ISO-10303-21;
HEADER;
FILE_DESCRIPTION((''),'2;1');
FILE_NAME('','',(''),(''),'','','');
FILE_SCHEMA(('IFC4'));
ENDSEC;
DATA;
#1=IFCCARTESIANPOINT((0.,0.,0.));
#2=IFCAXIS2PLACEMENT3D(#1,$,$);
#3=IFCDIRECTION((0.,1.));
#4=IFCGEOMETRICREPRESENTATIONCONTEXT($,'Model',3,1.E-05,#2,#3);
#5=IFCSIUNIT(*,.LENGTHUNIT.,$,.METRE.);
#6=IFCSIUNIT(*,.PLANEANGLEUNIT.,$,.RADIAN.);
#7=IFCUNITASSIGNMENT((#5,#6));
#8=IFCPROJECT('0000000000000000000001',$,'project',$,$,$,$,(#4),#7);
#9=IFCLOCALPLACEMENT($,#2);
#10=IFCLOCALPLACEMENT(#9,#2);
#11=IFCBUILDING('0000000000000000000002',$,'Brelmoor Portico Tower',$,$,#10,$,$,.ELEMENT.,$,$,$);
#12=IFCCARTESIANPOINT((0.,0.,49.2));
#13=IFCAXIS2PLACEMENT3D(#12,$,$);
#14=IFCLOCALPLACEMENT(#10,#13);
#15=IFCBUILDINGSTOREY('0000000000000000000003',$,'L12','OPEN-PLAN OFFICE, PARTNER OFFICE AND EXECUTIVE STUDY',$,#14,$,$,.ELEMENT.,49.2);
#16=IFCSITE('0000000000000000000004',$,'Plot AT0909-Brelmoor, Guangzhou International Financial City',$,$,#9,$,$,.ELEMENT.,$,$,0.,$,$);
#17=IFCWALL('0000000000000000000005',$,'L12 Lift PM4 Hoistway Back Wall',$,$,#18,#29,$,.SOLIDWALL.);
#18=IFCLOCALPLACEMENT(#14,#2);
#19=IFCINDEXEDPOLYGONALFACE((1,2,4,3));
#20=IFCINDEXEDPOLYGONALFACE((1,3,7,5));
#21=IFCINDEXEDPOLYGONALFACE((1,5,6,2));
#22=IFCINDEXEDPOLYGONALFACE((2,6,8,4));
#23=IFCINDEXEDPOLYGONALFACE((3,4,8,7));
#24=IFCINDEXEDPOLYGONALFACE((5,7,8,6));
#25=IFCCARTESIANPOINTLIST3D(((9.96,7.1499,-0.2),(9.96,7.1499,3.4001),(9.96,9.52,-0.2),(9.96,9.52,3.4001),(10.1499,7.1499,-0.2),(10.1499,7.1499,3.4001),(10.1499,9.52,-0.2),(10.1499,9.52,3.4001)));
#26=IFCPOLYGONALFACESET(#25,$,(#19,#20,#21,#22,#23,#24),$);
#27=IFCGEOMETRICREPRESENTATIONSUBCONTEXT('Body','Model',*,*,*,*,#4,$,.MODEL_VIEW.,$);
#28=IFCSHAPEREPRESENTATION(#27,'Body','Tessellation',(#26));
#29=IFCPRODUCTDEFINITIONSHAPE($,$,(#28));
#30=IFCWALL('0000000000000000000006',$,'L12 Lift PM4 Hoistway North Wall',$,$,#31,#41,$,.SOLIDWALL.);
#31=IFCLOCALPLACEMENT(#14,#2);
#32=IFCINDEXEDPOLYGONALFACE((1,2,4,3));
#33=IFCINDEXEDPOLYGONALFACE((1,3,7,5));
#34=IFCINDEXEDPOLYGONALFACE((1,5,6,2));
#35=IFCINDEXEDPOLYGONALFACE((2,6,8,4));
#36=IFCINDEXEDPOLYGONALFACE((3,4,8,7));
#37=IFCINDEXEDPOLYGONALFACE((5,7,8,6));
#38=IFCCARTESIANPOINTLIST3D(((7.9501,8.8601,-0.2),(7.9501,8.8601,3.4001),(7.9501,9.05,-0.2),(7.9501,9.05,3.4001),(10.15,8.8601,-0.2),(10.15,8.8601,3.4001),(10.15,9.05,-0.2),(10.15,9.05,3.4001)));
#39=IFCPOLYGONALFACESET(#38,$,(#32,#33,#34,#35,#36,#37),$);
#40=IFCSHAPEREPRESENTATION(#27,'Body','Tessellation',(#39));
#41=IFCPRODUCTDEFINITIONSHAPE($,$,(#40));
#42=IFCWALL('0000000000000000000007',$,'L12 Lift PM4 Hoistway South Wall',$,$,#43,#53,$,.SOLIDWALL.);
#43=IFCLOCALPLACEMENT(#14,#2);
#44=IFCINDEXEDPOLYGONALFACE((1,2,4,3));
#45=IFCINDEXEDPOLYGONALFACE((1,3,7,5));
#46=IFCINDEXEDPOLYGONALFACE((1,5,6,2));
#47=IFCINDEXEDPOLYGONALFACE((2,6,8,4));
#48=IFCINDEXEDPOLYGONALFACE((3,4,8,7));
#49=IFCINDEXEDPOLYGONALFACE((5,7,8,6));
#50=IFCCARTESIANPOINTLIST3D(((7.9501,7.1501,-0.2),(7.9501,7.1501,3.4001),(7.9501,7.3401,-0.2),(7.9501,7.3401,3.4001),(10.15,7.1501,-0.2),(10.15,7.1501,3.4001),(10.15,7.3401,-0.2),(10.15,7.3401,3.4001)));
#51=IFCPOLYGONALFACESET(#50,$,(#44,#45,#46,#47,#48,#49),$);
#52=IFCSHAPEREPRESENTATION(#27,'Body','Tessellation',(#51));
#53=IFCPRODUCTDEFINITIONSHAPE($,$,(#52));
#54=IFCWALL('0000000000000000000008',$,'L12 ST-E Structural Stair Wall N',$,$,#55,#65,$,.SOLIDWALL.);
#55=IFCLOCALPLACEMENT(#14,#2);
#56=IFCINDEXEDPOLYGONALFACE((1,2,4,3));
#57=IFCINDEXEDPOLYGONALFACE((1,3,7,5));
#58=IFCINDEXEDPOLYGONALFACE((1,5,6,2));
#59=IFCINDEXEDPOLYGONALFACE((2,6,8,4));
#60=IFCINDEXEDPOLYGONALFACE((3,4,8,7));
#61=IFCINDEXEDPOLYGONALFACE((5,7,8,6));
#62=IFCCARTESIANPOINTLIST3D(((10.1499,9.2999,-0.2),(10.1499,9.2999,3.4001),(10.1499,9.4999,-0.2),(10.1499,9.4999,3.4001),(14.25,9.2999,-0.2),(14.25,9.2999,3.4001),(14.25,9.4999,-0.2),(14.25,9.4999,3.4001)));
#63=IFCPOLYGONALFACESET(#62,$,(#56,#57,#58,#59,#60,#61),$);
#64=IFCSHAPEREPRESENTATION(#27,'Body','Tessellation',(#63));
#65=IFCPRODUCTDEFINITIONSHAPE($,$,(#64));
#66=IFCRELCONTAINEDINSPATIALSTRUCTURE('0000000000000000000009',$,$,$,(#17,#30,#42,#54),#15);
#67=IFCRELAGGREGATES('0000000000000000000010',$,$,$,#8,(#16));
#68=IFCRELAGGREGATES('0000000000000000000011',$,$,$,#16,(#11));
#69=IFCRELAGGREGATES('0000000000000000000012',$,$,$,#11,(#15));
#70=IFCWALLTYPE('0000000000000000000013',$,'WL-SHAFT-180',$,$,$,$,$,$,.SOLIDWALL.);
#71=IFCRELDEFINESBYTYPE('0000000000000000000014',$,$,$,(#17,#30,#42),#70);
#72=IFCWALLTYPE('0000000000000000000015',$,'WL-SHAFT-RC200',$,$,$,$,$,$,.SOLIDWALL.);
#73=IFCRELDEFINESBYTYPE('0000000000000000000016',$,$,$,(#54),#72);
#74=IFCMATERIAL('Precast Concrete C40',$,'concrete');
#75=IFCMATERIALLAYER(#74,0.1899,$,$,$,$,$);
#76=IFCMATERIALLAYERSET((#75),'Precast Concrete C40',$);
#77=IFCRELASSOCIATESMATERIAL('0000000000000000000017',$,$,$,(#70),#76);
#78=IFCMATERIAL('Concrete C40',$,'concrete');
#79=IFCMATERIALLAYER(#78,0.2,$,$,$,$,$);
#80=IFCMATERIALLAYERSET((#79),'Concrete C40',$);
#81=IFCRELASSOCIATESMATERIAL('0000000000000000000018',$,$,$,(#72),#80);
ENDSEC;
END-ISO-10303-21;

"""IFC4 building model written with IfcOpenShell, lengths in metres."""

from ifc_helpers import new_model, si_unit, direction, frame, frame_2d, origin, place, context, subcontext, project, spatial, rectangle, extrude, material, layer, layer_set, type_object, element, save


model = new_model("IFC4")

# Units and contexts
model_context = context("Model", 3, precision=1e-05, world=origin(), true_north=direction((0.0, 1.0)))
body_context = subcontext(model_context, "Body", "Model", "MODEL_VIEW")
ifc_project = project(units=[si_unit("LENGTHUNIT", "METRE"), si_unit("PLANEANGLEUNIT", "RADIAN")], contexts=[model_context])

# Site, building, storey
site_placement = place(None, origin())
site = spatial("IfcSite", under=ifc_project, at=site_placement, Name="Plot AT0909-Brelmoor, Guangzhou International Financial City", CompositionType="ELEMENT", RefElevation=0.0)
building_placement = place(site_placement, origin())
building = spatial("IfcBuilding", under=site, at=building_placement, Name="Brelmoor Portico Tower", CompositionType="ELEMENT")
storey_placement = place(building_placement, frame((0.0, 0.0, 49.2)))
storey = spatial("IfcBuildingStorey", under=building, at=storey_placement, Name="L12", Description="OPEN-PLAN OFFICE, PARTNER OFFICE AND EXECUTIVE STUDY", CompositionType="ELEMENT", Elevation=49.2)

# Walls
ifc_material_1 = material(Name="Precast Concrete C40", Category="concrete")
ifc_layer_1 = layer(ifc_material_1, 0.1899)
ifc_layer_set_1 = layer_set([ifc_layer_1], Name="Precast Concrete C40")
wall_type_1 = type_object("IfcWallType", Name="WL-SHAFT-180", PredefinedType="SOLIDWALL", material=ifc_layer_set_1)
wall_1_placement = place(storey_placement, frame((10.0549, 7.1499, -0.2), z_axis=(0.0, 0.0, 1.0), x_axis=(0.0, 1.0, 0.0)))
element("IfcWall", 1, at=wall_1_placement, inside=storey, type_object=wall_type_1, Name="L12 Lift PM4 Hoistway Back Wall", PredefinedType="SOLIDWALL", context=body_context, shape_type="SweptSolid", body=[
    extrude(rectangle(XDim=2.3701, YDim=0.1899, at=frame_2d((1.1851, 0.0))), origin(), (0.0, 0.0, 1.0), 3.6001),
])
for number, where, z_axis, x_axis, name in (
    (2, (7.95, 8.9551, -0.2), (0.0, 0.0, 1.0), (1.0, 0.0, 0.0), "L12 Lift PM4 Hoistway North Wall"),
    (3, (7.95, 7.2451, -0.2), (0.0, 0.0, 1.0), (1.0, 0.0, 0.0), "L12 Lift PM4 Hoistway South Wall"),
):
    element("IfcWall", number, at=place(storey_placement, frame(where, z_axis=z_axis, x_axis=x_axis)), inside=storey, type_object=wall_type_1, Name=name, PredefinedType="SOLIDWALL", context=body_context, shape_type="SweptSolid", body=[
        extrude(rectangle(XDim=2.2, YDim=0.1899, at=frame_2d((1.1001, 0.0))), origin(), (0.0, 0.0, 1.0), 3.6001),
    ])
ifc_material_2 = material(Name="Concrete C40", Category="concrete")
ifc_layer_2 = layer(ifc_material_2, 0.2)
ifc_layer_set_2 = layer_set([ifc_layer_2], Name="Concrete C40")
wall_type_2 = type_object("IfcWallType", Name="WL-SHAFT-RC200", PredefinedType="SOLIDWALL", material=ifc_layer_set_2)
wall_2_placement = place(storey_placement, frame((10.1499, 9.3999, -0.2), z_axis=(0.0, 0.0, 1.0), x_axis=(1.0, 0.0, 0.0)))
element("IfcWall", 4, at=wall_2_placement, inside=storey, type_object=wall_type_2, Name="L12 ST-E Structural Stair Wall N", PredefinedType="SOLIDWALL", context=body_context, shape_type="SweptSolid", body=[
    extrude(rectangle(XDim=4.1001, YDim=0.2, at=frame_2d((2.05, 0.0))), origin(), (0.0, 0.0, 1.0), 3.6001),
])

save(model, "model.ifc")
